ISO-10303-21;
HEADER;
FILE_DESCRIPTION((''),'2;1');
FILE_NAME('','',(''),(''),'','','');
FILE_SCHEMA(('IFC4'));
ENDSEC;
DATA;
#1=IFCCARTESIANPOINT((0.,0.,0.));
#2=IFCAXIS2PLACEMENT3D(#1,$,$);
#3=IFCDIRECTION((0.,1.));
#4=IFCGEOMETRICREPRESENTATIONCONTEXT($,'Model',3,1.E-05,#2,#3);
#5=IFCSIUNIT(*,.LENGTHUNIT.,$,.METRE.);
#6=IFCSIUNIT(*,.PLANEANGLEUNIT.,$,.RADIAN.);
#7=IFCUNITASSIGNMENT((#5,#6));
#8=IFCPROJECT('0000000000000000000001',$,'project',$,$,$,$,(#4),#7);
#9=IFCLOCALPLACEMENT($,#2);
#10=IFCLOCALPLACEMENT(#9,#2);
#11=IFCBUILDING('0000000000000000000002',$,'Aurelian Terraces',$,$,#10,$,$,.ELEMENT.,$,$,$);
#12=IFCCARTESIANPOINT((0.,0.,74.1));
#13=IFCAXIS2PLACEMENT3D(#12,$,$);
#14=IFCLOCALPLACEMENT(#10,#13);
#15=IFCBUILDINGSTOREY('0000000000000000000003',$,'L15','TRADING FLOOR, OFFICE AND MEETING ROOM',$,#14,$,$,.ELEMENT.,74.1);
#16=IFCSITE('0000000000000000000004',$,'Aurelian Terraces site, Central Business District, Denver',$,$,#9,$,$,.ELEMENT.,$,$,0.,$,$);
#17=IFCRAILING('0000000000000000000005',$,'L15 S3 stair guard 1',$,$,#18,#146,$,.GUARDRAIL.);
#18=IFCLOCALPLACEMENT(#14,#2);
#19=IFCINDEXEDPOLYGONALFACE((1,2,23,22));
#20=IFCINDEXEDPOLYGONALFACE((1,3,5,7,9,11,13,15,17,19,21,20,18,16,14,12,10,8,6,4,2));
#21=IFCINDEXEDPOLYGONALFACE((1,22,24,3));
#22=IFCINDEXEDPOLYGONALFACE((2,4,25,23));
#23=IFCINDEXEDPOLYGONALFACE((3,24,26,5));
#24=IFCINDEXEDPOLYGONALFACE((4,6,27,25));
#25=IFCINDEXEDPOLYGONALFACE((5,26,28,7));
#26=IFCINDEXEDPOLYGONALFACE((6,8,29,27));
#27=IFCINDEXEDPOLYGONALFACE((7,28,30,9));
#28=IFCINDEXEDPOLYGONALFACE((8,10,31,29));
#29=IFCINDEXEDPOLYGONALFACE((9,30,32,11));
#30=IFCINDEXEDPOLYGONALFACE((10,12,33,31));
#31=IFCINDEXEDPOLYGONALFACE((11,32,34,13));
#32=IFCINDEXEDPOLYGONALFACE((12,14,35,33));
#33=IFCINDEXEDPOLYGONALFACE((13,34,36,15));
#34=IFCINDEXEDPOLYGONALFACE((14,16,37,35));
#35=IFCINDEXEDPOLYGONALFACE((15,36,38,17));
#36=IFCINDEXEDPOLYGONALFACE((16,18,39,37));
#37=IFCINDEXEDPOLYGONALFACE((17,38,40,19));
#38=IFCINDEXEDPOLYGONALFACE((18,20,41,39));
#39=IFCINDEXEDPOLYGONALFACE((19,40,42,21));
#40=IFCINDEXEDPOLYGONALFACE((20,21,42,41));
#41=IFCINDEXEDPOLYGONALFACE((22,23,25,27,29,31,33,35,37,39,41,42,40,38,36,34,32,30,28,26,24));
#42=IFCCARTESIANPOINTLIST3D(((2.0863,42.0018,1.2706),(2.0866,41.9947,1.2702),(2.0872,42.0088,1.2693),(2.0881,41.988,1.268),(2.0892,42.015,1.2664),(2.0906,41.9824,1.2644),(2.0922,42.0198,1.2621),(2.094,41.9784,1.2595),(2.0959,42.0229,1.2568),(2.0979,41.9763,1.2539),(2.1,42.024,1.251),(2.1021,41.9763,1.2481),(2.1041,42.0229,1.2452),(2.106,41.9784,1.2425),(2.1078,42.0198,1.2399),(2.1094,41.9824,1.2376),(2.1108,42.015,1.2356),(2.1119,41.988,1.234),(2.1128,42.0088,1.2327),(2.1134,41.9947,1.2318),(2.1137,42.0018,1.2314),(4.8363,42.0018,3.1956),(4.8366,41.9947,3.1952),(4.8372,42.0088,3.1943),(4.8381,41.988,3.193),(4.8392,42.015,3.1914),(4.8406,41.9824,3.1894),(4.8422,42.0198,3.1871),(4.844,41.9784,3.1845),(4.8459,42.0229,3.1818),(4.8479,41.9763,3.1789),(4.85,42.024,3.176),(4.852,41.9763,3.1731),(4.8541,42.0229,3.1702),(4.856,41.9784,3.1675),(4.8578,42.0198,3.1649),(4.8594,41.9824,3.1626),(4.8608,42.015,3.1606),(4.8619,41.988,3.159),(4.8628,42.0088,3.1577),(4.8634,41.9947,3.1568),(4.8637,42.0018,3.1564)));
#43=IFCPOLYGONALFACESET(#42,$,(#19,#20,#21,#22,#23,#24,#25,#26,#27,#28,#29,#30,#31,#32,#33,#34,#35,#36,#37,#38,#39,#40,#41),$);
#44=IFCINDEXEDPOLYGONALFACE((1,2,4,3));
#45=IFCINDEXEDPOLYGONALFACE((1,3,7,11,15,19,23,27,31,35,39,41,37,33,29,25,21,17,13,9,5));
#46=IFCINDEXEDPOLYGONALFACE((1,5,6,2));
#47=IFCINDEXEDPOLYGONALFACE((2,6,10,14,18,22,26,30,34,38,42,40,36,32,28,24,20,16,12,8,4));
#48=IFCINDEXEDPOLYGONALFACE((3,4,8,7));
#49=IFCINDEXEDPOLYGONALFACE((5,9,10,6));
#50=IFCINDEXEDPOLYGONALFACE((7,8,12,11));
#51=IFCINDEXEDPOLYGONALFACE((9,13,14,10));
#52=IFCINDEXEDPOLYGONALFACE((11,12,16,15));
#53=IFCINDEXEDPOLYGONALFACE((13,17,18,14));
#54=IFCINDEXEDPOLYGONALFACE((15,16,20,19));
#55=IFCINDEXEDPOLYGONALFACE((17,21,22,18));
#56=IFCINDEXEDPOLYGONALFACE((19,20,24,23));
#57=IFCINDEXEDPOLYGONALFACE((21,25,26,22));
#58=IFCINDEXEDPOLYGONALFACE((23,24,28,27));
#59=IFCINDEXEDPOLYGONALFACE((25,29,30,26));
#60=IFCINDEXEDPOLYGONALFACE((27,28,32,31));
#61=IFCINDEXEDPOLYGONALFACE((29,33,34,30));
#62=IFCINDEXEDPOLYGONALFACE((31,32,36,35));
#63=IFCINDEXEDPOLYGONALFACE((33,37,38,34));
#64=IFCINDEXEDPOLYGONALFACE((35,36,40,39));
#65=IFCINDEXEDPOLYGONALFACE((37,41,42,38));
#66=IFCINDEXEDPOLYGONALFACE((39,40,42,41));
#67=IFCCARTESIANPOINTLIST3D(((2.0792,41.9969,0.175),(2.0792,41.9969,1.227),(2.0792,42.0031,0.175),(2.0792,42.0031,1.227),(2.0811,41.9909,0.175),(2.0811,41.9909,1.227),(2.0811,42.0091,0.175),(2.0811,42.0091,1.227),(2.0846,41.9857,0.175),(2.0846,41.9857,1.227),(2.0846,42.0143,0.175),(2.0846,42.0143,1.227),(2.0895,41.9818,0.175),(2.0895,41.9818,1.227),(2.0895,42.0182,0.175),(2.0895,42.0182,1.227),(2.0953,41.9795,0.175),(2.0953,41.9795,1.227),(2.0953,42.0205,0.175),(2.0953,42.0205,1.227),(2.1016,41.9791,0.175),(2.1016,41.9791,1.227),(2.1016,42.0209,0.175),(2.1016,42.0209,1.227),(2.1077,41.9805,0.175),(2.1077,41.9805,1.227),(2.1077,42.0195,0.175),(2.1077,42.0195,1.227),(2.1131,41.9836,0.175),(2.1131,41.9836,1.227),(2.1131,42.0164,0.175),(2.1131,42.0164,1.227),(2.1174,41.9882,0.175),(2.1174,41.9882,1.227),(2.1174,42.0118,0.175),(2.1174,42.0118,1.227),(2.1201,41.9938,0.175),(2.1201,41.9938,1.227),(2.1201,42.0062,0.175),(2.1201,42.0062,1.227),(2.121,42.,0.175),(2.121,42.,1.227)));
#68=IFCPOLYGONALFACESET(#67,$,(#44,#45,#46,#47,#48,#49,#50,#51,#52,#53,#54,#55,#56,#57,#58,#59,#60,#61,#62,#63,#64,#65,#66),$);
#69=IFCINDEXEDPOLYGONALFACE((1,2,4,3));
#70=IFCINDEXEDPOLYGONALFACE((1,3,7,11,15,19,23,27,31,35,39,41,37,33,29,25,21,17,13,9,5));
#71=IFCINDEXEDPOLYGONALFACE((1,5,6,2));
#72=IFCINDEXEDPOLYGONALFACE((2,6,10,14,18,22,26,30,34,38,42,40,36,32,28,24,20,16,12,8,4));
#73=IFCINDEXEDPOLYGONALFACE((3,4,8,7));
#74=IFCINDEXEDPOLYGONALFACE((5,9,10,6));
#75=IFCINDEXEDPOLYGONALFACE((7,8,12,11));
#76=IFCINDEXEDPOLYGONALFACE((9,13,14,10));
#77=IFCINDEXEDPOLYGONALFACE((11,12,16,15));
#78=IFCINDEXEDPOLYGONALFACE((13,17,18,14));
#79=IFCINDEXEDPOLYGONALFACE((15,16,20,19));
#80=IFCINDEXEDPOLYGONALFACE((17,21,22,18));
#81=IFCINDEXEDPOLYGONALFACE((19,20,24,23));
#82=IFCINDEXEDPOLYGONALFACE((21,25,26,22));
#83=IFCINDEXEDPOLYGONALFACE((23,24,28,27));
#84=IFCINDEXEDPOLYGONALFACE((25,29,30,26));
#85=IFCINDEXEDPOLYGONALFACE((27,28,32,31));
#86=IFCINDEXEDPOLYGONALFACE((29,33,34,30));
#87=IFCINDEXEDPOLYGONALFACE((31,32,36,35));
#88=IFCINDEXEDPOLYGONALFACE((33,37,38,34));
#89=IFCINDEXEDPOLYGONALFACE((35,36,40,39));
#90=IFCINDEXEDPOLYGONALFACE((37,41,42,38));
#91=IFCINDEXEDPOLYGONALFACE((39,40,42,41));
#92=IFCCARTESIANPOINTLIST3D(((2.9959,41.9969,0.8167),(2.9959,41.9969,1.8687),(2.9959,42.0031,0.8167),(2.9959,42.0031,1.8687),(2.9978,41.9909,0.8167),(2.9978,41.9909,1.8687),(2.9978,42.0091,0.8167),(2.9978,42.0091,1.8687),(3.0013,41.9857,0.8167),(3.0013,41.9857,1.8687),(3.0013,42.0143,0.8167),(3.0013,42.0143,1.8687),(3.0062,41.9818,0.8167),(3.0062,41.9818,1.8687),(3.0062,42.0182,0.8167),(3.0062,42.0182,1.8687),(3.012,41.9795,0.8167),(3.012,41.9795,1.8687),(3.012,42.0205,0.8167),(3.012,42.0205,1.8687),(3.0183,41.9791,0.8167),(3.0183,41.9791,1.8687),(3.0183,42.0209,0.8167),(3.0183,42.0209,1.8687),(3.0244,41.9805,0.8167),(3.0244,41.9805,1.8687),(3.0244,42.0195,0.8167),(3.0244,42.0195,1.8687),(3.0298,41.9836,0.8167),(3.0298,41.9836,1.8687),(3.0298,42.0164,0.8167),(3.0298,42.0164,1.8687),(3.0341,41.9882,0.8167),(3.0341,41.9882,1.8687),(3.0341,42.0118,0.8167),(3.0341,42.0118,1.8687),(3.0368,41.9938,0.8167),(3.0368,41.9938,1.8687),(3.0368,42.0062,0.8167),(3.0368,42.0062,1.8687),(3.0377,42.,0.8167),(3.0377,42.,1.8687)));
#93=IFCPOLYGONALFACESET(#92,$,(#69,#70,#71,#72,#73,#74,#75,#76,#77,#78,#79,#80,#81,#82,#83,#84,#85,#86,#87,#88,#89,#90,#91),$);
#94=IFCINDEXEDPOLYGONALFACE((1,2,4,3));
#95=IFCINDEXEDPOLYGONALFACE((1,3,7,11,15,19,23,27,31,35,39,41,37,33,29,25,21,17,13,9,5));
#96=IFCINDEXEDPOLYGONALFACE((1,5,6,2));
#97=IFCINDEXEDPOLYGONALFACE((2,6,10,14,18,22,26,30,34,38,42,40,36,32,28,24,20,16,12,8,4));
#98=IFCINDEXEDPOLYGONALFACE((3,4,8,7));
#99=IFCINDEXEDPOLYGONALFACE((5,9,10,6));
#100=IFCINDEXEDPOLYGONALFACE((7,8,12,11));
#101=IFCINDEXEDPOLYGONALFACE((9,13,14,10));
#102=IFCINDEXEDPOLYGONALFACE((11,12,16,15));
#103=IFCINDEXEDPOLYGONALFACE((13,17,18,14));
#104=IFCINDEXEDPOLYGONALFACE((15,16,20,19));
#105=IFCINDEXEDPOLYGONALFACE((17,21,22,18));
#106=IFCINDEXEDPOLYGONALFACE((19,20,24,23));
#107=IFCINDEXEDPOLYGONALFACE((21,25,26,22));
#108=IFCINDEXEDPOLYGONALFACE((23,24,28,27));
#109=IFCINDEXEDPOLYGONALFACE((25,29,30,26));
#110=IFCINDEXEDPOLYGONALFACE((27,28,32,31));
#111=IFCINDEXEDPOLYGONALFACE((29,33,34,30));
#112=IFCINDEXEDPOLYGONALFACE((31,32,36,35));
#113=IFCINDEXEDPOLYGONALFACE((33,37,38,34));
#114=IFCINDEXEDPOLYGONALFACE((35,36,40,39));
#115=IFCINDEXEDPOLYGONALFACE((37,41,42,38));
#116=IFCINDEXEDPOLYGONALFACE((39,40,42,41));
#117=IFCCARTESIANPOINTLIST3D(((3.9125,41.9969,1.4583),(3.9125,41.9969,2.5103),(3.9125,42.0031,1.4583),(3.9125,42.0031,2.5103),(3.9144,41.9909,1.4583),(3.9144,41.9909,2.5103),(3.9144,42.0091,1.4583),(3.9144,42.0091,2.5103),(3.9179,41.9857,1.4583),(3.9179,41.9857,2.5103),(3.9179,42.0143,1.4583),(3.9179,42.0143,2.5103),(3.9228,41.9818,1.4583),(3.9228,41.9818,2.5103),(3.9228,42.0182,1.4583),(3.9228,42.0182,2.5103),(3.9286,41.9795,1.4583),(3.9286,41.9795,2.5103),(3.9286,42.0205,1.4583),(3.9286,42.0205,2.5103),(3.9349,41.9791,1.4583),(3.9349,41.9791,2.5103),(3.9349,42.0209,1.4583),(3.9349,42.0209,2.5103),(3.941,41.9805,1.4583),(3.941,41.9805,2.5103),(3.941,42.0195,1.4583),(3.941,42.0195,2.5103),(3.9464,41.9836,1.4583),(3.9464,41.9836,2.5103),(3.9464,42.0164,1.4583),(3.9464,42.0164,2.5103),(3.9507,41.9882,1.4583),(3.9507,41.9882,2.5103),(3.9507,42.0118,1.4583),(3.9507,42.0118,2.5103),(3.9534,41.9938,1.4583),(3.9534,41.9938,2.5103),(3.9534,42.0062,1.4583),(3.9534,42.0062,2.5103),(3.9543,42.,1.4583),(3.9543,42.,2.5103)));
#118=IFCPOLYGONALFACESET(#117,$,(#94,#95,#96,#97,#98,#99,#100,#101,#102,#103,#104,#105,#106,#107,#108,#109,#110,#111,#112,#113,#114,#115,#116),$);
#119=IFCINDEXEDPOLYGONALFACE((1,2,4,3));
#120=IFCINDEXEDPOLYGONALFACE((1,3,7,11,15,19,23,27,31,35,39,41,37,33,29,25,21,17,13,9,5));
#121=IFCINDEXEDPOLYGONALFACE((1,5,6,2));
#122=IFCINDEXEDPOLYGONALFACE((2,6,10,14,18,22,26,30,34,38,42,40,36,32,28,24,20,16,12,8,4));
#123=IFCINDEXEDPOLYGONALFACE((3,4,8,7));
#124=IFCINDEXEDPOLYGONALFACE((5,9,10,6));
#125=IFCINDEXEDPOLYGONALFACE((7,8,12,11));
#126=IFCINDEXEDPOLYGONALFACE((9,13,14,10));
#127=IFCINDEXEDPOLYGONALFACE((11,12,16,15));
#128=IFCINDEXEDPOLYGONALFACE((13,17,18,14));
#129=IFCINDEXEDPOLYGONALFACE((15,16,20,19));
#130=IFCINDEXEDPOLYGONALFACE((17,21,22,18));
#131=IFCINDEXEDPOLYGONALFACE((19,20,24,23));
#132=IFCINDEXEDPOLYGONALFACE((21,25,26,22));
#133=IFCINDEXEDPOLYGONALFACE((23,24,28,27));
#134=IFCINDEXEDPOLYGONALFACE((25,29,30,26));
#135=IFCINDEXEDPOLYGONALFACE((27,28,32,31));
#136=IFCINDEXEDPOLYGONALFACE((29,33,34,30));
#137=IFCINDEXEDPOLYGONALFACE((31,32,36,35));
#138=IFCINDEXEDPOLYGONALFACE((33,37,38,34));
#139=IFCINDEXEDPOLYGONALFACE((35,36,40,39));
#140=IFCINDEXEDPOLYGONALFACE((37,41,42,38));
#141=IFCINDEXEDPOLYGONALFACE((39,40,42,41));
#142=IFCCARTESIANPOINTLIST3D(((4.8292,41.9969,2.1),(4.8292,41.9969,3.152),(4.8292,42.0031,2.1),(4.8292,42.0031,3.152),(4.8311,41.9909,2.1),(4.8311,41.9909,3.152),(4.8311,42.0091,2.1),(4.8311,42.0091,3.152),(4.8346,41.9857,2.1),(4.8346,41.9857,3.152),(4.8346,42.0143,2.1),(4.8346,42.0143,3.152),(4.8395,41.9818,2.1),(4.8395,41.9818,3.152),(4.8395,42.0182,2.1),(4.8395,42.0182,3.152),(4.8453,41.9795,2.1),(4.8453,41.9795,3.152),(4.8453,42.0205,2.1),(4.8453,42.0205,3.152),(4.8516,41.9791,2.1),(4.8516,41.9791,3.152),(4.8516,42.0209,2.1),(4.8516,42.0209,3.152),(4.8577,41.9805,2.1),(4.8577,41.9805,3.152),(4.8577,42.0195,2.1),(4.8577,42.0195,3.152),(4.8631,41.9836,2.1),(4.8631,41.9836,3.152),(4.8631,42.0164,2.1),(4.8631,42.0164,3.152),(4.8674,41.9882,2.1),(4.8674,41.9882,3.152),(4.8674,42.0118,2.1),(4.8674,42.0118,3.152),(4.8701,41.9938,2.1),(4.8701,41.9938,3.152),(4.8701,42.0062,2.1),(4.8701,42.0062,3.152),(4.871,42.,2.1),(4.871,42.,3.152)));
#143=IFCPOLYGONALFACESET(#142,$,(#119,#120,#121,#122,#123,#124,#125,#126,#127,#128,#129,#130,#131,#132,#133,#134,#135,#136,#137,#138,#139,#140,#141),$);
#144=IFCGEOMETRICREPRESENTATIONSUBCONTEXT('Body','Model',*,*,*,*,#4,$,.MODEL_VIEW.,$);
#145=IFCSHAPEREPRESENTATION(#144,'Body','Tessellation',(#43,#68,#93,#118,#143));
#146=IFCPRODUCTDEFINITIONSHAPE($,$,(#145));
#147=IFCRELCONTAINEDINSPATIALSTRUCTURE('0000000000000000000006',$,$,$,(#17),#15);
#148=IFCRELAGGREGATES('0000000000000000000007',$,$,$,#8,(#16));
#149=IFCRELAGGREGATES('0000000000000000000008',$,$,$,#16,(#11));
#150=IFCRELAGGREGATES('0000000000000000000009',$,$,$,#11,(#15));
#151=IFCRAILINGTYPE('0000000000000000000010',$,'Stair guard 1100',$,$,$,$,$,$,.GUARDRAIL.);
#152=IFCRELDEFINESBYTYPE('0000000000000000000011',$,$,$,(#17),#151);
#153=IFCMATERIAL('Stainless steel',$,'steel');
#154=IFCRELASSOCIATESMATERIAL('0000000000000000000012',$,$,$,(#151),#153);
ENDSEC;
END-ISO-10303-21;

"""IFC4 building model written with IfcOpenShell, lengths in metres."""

from ifc_helpers import new_model, si_unit, direction, frame, origin, origin_2d, place, context, subcontext, project, spatial, circle, extrude, source, transform, mapped, material, type_object, element, save


model = new_model("IFC4")

# Units and contexts
model_context = context("Model", 3, precision=1e-05, world=origin(), true_north=direction((0.0, 1.0)))
body_context = subcontext(model_context, "Body", "Model", "MODEL_VIEW")
ifc_project = project(units=[si_unit("LENGTHUNIT", "METRE"), si_unit("PLANEANGLEUNIT", "RADIAN")], contexts=[model_context])

# Site, building, storey
site_placement = place(None, origin())
site = spatial("IfcSite", under=ifc_project, at=site_placement, Name="Aurelian Terraces site, Central Business District, Denver", CompositionType="ELEMENT", RefElevation=0.0)
building_placement = place(site_placement, origin())
building = spatial("IfcBuilding", under=site, at=building_placement, Name="Aurelian Terraces", CompositionType="ELEMENT")
storey_placement = place(building_placement, frame((0.0, 0.0, 74.1)))
storey = spatial("IfcBuildingStorey", under=building, at=storey_placement, Name="L15", Description="TRADING FLOOR, OFFICE AND MEETING ROOM", CompositionType="ELEMENT", Elevation=74.1)

# Railing
ifc_material_1 = material(Name="Stainless steel", Category="steel")
railing_type_1 = type_object("IfcRailingType", Name="Stair guard 1100", PredefinedType="GUARDRAIL", material=ifc_material_1)
shared_shape_1 = source(origin(), body_context, "Body", "SweptSolid", [
    extrude(circle(Radius=0.024, at=origin_2d()), frame((0.0, 0.0, 1.076), z_axis=(0.819232, 0.0, 0.573462), x_axis=(0.0, 1.0, 0.0)), (0.0, 0.0, 1.0), 3.3568),
    extrude(circle(Radius=0.021, at=origin_2d()), origin(), (0.0, 0.0, 1.0), 1.052),
    extrude(circle(Radius=0.021, at=origin_2d()), frame((0.9167, 0.0, 0.6417)), (0.0, 0.0, 1.0), 1.052),
    extrude(circle(Radius=0.021, at=origin_2d()), frame((1.8333, 0.0, 1.2833)), (0.0, 0.0, 1.0), 1.052),
    extrude(circle(Radius=0.021, at=origin_2d()), frame((2.75, 0.0, 1.925)), (0.0, 0.0, 1.0), 1.052),
])
railing_1_placement = place(storey_placement, frame((2.1, 42.0, 0.175)))
element("IfcRailing", 1, at=railing_1_placement, inside=storey, type_object=railing_type_1, Name="L15 S3 stair guard 1", PredefinedType="GUARDRAIL", context=body_context, shape_type="MappedRepresentation", body=[
    mapped(shared_shape_1, transform((0.0, 0.0, 0.0), scale=1.0)),
])

save(model, "model.ifc")
